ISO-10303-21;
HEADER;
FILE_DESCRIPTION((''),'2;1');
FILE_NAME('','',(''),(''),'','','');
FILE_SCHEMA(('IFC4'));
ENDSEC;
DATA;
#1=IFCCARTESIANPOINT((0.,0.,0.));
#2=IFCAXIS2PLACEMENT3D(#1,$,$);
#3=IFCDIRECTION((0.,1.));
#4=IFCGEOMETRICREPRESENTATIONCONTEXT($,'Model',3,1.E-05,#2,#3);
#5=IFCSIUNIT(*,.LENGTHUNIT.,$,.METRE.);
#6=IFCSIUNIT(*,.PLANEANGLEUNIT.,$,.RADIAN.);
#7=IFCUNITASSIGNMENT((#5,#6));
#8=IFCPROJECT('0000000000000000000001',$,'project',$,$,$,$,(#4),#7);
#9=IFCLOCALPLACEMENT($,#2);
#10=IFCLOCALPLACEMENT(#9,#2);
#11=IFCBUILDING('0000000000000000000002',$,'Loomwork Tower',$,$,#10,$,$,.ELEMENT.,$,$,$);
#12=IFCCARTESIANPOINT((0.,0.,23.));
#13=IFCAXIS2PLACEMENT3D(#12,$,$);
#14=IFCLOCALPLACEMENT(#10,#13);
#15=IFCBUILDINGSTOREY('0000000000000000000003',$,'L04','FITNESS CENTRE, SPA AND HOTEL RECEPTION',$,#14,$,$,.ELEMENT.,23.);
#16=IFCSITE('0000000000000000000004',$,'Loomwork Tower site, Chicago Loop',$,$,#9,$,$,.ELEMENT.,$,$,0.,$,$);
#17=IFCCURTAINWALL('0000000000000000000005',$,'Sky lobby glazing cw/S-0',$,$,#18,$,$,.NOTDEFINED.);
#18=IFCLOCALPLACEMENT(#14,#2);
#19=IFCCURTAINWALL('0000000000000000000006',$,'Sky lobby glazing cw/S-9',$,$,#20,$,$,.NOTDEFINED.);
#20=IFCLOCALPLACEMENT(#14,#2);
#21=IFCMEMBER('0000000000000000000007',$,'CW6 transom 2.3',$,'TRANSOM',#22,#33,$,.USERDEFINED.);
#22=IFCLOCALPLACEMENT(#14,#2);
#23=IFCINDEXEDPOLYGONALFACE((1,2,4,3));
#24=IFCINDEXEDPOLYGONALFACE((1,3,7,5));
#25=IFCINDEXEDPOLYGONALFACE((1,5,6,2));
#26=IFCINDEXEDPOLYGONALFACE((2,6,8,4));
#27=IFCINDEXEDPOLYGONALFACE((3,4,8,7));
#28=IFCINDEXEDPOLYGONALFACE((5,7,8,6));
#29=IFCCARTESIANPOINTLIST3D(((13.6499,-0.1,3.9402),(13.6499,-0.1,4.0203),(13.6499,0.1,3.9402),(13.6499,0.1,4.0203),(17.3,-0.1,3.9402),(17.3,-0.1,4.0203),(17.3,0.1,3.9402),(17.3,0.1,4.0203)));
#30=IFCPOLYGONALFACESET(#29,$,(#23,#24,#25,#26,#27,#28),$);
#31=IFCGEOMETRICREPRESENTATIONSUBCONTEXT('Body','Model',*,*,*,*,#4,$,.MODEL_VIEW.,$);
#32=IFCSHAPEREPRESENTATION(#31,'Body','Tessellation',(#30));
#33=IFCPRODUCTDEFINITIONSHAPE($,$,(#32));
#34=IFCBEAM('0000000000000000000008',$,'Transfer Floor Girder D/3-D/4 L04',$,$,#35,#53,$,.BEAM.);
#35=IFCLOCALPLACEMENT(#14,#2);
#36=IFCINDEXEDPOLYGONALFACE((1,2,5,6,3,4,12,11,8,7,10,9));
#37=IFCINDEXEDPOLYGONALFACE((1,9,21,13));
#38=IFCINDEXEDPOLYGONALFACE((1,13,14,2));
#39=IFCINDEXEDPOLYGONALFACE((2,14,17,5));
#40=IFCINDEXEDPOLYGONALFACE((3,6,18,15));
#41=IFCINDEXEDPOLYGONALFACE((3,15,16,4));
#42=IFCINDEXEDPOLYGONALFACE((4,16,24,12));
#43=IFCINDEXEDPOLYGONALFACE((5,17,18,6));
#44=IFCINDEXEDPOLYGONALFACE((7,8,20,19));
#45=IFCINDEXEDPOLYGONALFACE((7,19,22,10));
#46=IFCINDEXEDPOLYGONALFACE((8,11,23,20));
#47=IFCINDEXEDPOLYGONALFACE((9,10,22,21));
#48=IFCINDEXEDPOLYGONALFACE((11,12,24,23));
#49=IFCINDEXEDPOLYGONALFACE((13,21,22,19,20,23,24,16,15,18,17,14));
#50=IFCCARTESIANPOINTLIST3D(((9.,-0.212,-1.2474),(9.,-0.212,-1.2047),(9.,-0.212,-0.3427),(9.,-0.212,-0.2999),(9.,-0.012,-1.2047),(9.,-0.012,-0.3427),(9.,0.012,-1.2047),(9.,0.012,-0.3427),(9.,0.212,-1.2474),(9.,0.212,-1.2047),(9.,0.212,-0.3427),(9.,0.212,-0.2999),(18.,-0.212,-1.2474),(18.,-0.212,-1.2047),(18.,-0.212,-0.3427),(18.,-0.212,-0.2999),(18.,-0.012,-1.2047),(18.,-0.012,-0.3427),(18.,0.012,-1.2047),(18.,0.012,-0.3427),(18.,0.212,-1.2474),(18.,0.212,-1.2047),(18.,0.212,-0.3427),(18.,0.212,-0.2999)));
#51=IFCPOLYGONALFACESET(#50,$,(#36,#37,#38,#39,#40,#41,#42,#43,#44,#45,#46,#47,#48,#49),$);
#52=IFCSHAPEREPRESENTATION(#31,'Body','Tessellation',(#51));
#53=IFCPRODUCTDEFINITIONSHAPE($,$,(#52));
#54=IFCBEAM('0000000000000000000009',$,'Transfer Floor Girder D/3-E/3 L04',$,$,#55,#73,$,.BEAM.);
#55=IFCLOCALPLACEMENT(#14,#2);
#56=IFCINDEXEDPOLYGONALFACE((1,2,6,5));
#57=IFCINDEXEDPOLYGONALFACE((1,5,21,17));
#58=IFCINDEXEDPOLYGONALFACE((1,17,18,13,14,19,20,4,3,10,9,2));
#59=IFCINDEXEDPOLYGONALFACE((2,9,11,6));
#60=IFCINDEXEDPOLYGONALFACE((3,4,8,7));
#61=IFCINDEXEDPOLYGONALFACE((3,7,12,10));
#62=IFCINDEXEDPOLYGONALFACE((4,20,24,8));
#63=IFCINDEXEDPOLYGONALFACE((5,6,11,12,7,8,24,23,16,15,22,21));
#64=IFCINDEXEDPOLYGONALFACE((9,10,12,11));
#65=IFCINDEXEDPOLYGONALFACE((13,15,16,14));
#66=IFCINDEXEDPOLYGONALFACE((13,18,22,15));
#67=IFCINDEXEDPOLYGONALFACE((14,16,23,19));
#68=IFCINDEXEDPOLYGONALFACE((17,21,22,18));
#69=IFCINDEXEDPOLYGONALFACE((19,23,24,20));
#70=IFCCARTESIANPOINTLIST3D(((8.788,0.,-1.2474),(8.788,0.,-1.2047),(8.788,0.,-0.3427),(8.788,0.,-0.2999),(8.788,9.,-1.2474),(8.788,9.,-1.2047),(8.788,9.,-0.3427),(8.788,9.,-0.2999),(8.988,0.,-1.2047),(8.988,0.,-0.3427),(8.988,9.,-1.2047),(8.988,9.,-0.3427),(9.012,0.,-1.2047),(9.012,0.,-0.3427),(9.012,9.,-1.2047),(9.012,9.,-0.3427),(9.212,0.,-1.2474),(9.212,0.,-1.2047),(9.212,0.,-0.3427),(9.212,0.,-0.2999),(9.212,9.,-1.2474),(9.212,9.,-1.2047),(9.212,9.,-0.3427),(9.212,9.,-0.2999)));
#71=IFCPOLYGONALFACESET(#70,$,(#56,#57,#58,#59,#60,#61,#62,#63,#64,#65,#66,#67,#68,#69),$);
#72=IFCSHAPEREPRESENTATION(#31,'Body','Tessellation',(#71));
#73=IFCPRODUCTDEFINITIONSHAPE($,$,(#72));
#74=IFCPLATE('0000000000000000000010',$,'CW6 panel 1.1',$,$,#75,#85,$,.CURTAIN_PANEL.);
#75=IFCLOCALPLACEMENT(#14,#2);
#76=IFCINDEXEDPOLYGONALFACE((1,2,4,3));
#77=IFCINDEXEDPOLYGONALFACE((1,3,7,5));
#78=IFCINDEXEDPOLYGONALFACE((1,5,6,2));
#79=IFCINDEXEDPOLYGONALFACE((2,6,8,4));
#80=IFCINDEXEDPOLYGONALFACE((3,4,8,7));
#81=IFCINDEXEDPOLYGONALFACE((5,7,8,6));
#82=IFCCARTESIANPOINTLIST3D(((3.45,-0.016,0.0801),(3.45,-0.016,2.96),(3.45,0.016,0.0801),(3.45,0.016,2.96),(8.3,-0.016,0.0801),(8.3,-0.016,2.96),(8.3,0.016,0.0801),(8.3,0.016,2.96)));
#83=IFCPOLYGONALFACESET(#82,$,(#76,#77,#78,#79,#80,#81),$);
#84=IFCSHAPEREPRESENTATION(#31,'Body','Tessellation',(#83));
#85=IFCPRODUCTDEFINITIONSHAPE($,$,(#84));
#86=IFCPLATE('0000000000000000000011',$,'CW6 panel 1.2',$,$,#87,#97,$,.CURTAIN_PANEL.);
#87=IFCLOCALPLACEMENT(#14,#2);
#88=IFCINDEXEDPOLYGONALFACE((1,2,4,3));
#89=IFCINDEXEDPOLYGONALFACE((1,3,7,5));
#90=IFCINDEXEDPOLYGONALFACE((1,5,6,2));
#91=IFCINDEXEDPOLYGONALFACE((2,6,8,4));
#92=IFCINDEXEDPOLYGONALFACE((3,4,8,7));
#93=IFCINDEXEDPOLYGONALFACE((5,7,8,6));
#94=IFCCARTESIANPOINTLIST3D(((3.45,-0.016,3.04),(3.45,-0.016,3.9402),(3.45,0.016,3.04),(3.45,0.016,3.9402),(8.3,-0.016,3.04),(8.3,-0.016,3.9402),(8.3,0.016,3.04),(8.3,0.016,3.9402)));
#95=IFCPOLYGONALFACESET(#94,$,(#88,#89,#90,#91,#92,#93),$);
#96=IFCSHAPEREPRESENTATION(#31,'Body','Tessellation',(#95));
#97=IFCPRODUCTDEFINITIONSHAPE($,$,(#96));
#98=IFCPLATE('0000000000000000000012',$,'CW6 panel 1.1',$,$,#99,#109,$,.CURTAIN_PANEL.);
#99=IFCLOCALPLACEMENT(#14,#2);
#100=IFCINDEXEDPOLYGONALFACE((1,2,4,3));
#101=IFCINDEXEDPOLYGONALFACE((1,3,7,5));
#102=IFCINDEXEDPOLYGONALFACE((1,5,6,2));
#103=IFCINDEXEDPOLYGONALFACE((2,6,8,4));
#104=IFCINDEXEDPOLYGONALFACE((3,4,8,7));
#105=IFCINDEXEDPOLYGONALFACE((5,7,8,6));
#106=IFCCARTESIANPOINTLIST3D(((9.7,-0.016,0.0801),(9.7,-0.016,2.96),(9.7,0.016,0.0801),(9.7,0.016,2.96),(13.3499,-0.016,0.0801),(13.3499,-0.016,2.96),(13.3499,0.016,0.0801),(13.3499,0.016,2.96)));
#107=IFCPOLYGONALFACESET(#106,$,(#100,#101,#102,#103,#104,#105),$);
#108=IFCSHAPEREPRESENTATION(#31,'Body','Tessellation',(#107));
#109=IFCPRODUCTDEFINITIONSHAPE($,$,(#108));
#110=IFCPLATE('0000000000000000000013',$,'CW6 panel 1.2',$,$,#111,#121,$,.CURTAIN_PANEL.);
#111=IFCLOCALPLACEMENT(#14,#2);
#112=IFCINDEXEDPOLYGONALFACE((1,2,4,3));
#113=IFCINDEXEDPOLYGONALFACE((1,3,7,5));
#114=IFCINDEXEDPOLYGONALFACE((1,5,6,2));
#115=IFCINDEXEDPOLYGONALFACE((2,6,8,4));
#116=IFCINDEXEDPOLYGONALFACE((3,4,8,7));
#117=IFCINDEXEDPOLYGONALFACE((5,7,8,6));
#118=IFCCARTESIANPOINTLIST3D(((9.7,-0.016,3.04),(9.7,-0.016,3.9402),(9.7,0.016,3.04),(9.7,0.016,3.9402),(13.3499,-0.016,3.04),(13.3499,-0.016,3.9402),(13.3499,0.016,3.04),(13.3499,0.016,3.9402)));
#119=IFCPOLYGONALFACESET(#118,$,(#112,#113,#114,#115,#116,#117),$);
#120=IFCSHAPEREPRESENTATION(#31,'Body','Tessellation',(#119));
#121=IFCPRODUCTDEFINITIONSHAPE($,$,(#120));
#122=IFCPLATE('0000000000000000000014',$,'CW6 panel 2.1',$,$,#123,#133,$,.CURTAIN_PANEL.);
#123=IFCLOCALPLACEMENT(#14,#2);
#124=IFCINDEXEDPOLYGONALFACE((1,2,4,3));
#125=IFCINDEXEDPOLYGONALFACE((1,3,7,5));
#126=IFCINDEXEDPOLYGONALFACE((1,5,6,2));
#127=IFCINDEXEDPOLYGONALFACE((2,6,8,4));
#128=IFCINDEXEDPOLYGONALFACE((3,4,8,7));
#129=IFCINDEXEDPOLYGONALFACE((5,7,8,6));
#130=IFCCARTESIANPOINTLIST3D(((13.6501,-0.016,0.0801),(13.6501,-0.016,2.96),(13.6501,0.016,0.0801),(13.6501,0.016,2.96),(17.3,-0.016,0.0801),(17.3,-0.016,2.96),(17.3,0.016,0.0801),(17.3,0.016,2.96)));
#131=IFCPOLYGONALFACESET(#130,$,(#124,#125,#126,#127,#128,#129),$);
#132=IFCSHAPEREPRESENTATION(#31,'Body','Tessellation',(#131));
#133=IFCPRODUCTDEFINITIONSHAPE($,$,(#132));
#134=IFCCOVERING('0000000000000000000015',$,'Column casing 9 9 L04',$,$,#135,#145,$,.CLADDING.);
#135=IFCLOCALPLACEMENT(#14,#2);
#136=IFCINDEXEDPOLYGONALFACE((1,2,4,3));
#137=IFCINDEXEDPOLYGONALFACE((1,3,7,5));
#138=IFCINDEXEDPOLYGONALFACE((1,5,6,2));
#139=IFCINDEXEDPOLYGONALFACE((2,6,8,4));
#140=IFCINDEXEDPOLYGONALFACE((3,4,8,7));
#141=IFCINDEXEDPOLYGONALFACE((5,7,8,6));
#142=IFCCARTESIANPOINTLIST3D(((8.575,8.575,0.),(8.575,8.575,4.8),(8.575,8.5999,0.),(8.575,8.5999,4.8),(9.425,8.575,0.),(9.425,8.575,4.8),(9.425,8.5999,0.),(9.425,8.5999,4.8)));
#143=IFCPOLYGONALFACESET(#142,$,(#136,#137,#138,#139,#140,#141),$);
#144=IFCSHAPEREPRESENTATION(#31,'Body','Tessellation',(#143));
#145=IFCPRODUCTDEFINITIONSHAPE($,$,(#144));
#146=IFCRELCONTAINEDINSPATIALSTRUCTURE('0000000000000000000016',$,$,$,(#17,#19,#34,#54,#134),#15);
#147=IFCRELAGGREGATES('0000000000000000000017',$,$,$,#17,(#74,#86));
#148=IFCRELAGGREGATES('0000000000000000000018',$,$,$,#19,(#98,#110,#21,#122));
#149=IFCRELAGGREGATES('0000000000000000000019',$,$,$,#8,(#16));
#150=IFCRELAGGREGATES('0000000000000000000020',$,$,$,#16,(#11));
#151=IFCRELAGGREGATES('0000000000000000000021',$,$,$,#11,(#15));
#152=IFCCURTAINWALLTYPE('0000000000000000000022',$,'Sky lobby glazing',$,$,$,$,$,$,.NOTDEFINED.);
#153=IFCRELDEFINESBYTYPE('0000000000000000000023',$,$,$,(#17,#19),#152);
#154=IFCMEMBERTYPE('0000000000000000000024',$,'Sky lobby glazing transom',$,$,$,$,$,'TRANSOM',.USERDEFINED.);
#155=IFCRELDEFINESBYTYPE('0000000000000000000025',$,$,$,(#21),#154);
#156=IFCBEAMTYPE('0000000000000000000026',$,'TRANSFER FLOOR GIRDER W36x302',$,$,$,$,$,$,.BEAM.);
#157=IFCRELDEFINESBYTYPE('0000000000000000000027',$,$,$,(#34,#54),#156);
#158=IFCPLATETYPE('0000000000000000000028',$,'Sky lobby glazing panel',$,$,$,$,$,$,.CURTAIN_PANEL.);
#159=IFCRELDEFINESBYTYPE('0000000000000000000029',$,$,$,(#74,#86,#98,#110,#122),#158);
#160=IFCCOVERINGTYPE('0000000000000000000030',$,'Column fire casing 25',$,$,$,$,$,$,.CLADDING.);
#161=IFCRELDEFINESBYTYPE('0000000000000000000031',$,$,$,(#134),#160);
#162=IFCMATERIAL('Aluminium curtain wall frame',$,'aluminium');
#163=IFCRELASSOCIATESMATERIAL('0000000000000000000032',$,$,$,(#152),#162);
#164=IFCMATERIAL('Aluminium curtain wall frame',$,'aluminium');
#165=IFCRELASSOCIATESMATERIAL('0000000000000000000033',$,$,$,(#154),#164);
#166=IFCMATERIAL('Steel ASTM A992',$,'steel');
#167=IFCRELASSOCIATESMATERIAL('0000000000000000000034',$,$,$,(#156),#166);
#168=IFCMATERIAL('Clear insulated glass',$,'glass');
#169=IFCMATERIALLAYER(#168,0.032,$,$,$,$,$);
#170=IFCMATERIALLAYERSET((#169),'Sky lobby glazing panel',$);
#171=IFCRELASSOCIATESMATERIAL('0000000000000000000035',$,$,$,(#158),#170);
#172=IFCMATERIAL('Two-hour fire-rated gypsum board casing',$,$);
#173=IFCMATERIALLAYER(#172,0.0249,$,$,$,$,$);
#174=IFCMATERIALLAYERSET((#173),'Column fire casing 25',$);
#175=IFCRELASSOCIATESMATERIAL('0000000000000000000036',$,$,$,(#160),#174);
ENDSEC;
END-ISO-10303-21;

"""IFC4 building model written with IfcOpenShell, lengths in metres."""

from ifc_helpers import new_model, si_unit, direction, frame, origin, origin_2d, place, context, subcontext, project, spatial, rectangle, i_section, extrude, material, layer, layer_set, material_profile, profile_set, type_object, element, aggregate, save


model = new_model("IFC4")

# Units and contexts
model_context = context("Model", 3, precision=1e-05, world=origin(), true_north=direction((0.0, 1.0)))
body_context = subcontext(model_context, "Body", "Model", "MODEL_VIEW")
ifc_project = project(units=[si_unit("LENGTHUNIT", "METRE"), si_unit("PLANEANGLEUNIT", "RADIAN")], contexts=[model_context])

# Site, building, storey
site_placement = place(None, origin())
site = spatial("IfcSite", under=ifc_project, at=site_placement, Name="Loomwork Tower site, Chicago Loop", CompositionType="ELEMENT", RefElevation=0.0)
building_placement = place(site_placement, origin())
building = spatial("IfcBuilding", under=site, at=building_placement, Name="Loomwork Tower", CompositionType="ELEMENT")
storey_placement = place(building_placement, frame((0.0, 0.0, 23.0)))
storey = spatial("IfcBuildingStorey", under=building, at=storey_placement, Name="L04", Description="FITNESS CENTRE, SPA AND HOTEL RECEPTION", CompositionType="ELEMENT", Elevation=23.0)

# Curtain wall
ifc_material_1 = material(Name="Aluminium curtain wall frame", Category="aluminium")
curtain_wall_type = type_object("IfcCurtainWallType", Name="Sky lobby glazing", PredefinedType="NOTDEFINED", material=ifc_material_1)
curtain_wall_1_placement = place(storey_placement, origin())
curtain_wall_1 = element("IfcCurtainWall", 1, at=curtain_wall_1_placement, inside=storey, type_object=curtain_wall_type, Name="Sky lobby glazing cw/S-0", PredefinedType="NOTDEFINED")

# Curtain wall, member
curtain_wall_2_placement = place(storey_placement, origin())
curtain_wall_2 = element("IfcCurtainWall", 2, at=curtain_wall_2_placement, inside=storey, type_object=curtain_wall_type, Name="Sky lobby glazing cw/S-9", PredefinedType="NOTDEFINED")
ifc_material_2 = material(Name="Aluminium curtain wall frame", Category="aluminium")
ifc_material_profile_1 = material_profile(ifc_material_2, rectangle(XDim=0.2, YDim=0.0801, at=origin_2d()), Name="AL 80x200")
ifc_profile_set_1 = profile_set([ifc_material_profile_1], Name="Aluminium curtain wall frame")
member_type_1 = type_object("IfcMemberType", Name="Sky lobby glazing transom", ElementType="TRANSOM", PredefinedType="USERDEFINED", material=ifc_profile_set_1)
member_1_placement = place(storey_placement, frame((13.6499, 0.0, 3.9802), z_axis=(1.0, 0.0, 0.0), x_axis=(0.0, 1.0, 0.0)))
member_1 = element("IfcMember", 3, at=member_1_placement, type_object=member_type_1, Name="CW6 transom 2.3", ObjectType="TRANSOM", PredefinedType="USERDEFINED", context=body_context, shape_type="SweptSolid", body=[
    extrude(rectangle(XDim=0.2, YDim=0.0801, at=origin_2d()), origin(), (0.0, 0.0, 1.0), 3.6501),
])

# Beams
ifc_material_3 = material(Name="Steel ASTM A992", Category="steel")
ifc_material_profile_2 = material_profile(ifc_material_3, i_section(OverallWidth=0.4241, OverallDepth=0.9475, WebThickness=0.0239, FlangeThickness=0.0427, at=origin_2d()), Name="W36x302")
ifc_profile_set_2 = profile_set([ifc_material_profile_2], Name="Steel ASTM A992")
beam_type_1 = type_object("IfcBeamType", Name="TRANSFER FLOOR GIRDER W36x302", PredefinedType="BEAM", material=ifc_profile_set_2)
for number, where, z_axis, x_axis, name in (
    (4, (9.0, 0.0, -0.7737), (1.0, 0.0, 0.0), (0.0, 1.0, 0.0), "Transfer Floor Girder D/3-D/4 L04"),
    (5, (9.0, 0.0, -0.7737), (0.0, 1.0, 0.0), (-1.0, 0.0, 0.0), "Transfer Floor Girder D/3-E/3 L04"),
):
    element("IfcBeam", number, at=place(storey_placement, frame(where, z_axis=z_axis, x_axis=x_axis)), inside=storey, type_object=beam_type_1, Name=name, PredefinedType="BEAM", context=body_context, shape_type="SweptSolid", body=[
        extrude(i_section(OverallWidth=0.4241, OverallDepth=0.9475, WebThickness=0.0239, FlangeThickness=0.0427, at=origin_2d()), origin(), (0.0, 0.0, 1.0), 9.0),
    ])

# Plates
ifc_material_4 = material(Name="Clear insulated glass", Category="glass")
ifc_layer_1 = layer(ifc_material_4, 0.032)
ifc_layer_set_1 = layer_set([ifc_layer_1], Name="Sky lobby glazing panel")
plate_type = type_object("IfcPlateType", Name="Sky lobby glazing panel", PredefinedType="CURTAIN_PANEL", material=ifc_layer_set_1)
plate_1_placement = place(storey_placement, frame((5.875, 0.0, 0.0801), z_axis=(0.0, 0.0, 1.0), x_axis=(1.0, 0.0, 0.0)))
plate_1 = element("IfcPlate", 6, at=plate_1_placement, type_object=plate_type, Name="CW6 panel 1.1", PredefinedType="CURTAIN_PANEL", context=body_context, shape_type="SweptSolid", body=[
    extrude(rectangle(XDim=4.8501, YDim=0.032, at=origin_2d()), origin(), (0.0, 0.0, 1.0), 2.8799),
])
plate_2_placement = place(storey_placement, frame((5.875, 0.0, 3.04), z_axis=(0.0, 0.0, 1.0), x_axis=(1.0, 0.0, 0.0)))
plate_2 = element("IfcPlate", 7, at=plate_2_placement, type_object=plate_type, Name="CW6 panel 1.2", PredefinedType="CURTAIN_PANEL", context=body_context, shape_type="SweptSolid", body=[
    extrude(rectangle(XDim=4.8501, YDim=0.032, at=origin_2d()), origin(), (0.0, 0.0, 1.0), 0.9001),
])
aggregate(curtain_wall_1, [plate_1, plate_2])
plate_3_placement = place(storey_placement, frame((11.5249, 0.0, 0.0801), z_axis=(0.0, 0.0, 1.0), x_axis=(1.0, 0.0, 0.0)))
plate_3 = element("IfcPlate", 8, at=plate_3_placement, type_object=plate_type, Name="CW6 panel 1.1", PredefinedType="CURTAIN_PANEL", context=body_context, shape_type="SweptSolid", body=[
    extrude(rectangle(XDim=3.6499, YDim=0.032, at=origin_2d()), origin(), (0.0, 0.0, 1.0), 2.8799),
])
plate_4_placement = place(storey_placement, frame((11.5249, 0.0, 3.04), z_axis=(0.0, 0.0, 1.0), x_axis=(1.0, 0.0, 0.0)))
plate_4 = element("IfcPlate", 9, at=plate_4_placement, type_object=plate_type, Name="CW6 panel 1.2", PredefinedType="CURTAIN_PANEL", context=body_context, shape_type="SweptSolid", body=[
    extrude(rectangle(XDim=3.6499, YDim=0.032, at=origin_2d()), origin(), (0.0, 0.0, 1.0), 0.9001),
])
plate_5_placement = place(storey_placement, frame((15.4751, 0.0, 0.0801), z_axis=(0.0, 0.0, 1.0), x_axis=(1.0, 0.0, 0.0)))
plate_5 = element("IfcPlate", 10, at=plate_5_placement, type_object=plate_type, Name="CW6 panel 2.1", PredefinedType="CURTAIN_PANEL", context=body_context, shape_type="SweptSolid", body=[
    extrude(rectangle(XDim=3.6499, YDim=0.032, at=origin_2d()), origin(), (0.0, 0.0, 1.0), 2.8799),
])
aggregate(curtain_wall_2, [plate_3, plate_4, member_1, plate_5])

# Covering
ifc_material_5 = material(Name="Two-hour fire-rated gypsum board casing")
ifc_layer_2 = layer(ifc_material_5, 0.0249)
ifc_layer_set_2 = layer_set([ifc_layer_2], Name="Column fire casing 25")
covering_type = type_object("IfcCoveringType", Name="Column fire casing 25", PredefinedType="CLADDING", material=ifc_layer_set_2)
covering_placement = place(storey_placement, frame((9.0, 8.5874, 0.0), z_axis=(0.0, 0.0, 1.0), x_axis=(1.0, 0.0, 0.0)))
element("IfcCovering", 11, at=covering_placement, inside=storey, type_object=covering_type, Name="Column casing 9 9 L04", PredefinedType="CLADDING", context=body_context, shape_type="SweptSolid", body=[
    extrude(rectangle(XDim=0.8501, YDim=0.0249, at=origin_2d()), origin(), (0.0, 0.0, 1.0), 4.8),
])

save(model, "model.ifc")
